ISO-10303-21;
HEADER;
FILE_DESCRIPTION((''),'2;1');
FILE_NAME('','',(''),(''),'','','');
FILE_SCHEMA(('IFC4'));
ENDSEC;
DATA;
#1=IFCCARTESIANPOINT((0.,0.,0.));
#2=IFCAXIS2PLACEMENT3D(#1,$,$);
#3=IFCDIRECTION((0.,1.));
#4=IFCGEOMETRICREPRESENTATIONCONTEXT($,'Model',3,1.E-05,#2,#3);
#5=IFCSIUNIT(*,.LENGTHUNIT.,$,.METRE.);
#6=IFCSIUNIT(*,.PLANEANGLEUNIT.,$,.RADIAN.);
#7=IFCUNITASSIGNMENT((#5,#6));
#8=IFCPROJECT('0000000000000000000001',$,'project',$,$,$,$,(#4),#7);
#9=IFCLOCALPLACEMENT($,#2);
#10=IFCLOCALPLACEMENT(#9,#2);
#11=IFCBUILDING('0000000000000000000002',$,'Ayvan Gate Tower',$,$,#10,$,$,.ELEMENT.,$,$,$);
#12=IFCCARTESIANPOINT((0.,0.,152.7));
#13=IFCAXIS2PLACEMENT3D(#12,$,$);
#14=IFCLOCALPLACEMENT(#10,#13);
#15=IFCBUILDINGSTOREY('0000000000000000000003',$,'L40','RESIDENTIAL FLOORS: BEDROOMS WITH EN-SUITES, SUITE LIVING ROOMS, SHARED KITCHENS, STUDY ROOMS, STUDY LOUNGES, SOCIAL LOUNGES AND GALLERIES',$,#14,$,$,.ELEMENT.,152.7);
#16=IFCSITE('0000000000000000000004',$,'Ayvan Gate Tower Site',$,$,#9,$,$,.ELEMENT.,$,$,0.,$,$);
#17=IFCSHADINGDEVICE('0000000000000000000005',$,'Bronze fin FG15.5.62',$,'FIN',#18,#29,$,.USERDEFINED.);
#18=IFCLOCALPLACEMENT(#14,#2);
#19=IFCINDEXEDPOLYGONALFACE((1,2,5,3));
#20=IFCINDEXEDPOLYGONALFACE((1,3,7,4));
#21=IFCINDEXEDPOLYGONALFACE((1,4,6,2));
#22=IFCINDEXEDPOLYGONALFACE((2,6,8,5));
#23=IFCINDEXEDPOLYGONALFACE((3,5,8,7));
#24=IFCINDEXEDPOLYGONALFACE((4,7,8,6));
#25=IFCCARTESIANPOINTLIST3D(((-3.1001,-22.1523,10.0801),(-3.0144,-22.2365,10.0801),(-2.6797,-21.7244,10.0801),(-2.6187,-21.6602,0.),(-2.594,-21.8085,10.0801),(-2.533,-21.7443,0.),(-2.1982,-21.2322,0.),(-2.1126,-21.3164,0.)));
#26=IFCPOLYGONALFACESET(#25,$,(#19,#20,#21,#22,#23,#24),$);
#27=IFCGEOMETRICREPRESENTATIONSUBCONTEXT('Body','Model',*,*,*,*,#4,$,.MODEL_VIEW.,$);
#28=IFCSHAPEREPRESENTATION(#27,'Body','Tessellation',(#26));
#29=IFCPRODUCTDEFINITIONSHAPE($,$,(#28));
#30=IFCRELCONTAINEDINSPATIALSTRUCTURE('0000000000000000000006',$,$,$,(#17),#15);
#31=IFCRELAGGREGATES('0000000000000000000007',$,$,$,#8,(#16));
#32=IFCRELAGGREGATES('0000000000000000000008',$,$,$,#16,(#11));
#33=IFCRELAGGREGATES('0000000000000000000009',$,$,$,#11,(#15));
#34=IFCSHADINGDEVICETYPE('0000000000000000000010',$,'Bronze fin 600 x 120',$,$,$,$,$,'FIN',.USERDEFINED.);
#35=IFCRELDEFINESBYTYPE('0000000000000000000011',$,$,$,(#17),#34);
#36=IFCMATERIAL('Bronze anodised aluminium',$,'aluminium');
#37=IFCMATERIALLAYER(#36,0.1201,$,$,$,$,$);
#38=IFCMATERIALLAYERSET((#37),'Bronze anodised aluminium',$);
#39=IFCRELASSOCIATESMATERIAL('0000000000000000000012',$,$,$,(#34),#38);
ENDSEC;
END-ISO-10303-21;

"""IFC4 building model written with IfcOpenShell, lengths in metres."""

from ifc_helpers import new_model, si_unit, direction, frame, origin, place, context, subcontext, project, spatial, polyline, outline, extrude, material, layer, layer_set, type_object, element, save


model = new_model("IFC4")

# Units and contexts
model_context = context("Model", 3, precision=1e-05, world=origin(), true_north=direction((0.0, 1.0)))
body_context = subcontext(model_context, "Body", "Model", "MODEL_VIEW")
ifc_project = project(units=[si_unit("LENGTHUNIT", "METRE"), si_unit("PLANEANGLEUNIT", "RADIAN")], contexts=[model_context])

# Site, building, storey
site_placement = place(None, origin())
site = spatial("IfcSite", under=ifc_project, at=site_placement, Name="Ayvan Gate Tower Site", CompositionType="ELEMENT", RefElevation=0.0)
building_placement = place(site_placement, origin())
building = spatial("IfcBuilding", under=site, at=building_placement, Name="Ayvan Gate Tower", CompositionType="ELEMENT")
storey_placement = place(building_placement, frame((0.0, 0.0, 152.7)))
storey = spatial("IfcBuildingStorey", under=building, at=storey_placement, Name="L40", Description="RESIDENTIAL FLOORS: BEDROOMS WITH EN-SUITES, SUITE LIVING ROOMS, SHARED KITCHENS, STUDY ROOMS, STUDY LOUNGES, SOCIAL LOUNGES AND GALLERIES", CompositionType="ELEMENT", Elevation=152.7)

# Shared definitions
ifc_material_1 = material(Name="Bronze anodised aluminium", Category="aluminium")

# Shading device
ifc_layer_1 = layer(ifc_material_1, 0.1201)
ifc_layer_set_1 = layer_set([ifc_layer_1], Name="Bronze anodised aluminium")
shading_device_type = type_object("IfcShadingDeviceType", Name="Bronze fin 600 x 120", ElementType="FIN", PredefinedType="USERDEFINED", material=ifc_layer_set_1)
shading_device_1_placement = place(storey_placement, frame((-2.1982, -21.2322, 0.0), z_axis=(-0.713386, 0.700771, 0.000144), x_axis=(-0.700771, -0.713386, 0.0)))
element("IfcShadingDevice", 1, at=shading_device_1_placement, inside=storey, type_object=shading_device_type, Name="Bronze fin FG15.5.62", ObjectType="FIN", PredefinedType="USERDEFINED", context=body_context, shape_type="SweptSolid", body=[
    extrude(outline(polyline([(0.0, 0.0), (0.5999, 0.0), (1.2884, 10.0801), (0.6885, 10.0801), (0.0, 0.0)])), origin(), (0.0, 0.0, -1.0), 0.1201),
])

save(model, "model.ifc")
